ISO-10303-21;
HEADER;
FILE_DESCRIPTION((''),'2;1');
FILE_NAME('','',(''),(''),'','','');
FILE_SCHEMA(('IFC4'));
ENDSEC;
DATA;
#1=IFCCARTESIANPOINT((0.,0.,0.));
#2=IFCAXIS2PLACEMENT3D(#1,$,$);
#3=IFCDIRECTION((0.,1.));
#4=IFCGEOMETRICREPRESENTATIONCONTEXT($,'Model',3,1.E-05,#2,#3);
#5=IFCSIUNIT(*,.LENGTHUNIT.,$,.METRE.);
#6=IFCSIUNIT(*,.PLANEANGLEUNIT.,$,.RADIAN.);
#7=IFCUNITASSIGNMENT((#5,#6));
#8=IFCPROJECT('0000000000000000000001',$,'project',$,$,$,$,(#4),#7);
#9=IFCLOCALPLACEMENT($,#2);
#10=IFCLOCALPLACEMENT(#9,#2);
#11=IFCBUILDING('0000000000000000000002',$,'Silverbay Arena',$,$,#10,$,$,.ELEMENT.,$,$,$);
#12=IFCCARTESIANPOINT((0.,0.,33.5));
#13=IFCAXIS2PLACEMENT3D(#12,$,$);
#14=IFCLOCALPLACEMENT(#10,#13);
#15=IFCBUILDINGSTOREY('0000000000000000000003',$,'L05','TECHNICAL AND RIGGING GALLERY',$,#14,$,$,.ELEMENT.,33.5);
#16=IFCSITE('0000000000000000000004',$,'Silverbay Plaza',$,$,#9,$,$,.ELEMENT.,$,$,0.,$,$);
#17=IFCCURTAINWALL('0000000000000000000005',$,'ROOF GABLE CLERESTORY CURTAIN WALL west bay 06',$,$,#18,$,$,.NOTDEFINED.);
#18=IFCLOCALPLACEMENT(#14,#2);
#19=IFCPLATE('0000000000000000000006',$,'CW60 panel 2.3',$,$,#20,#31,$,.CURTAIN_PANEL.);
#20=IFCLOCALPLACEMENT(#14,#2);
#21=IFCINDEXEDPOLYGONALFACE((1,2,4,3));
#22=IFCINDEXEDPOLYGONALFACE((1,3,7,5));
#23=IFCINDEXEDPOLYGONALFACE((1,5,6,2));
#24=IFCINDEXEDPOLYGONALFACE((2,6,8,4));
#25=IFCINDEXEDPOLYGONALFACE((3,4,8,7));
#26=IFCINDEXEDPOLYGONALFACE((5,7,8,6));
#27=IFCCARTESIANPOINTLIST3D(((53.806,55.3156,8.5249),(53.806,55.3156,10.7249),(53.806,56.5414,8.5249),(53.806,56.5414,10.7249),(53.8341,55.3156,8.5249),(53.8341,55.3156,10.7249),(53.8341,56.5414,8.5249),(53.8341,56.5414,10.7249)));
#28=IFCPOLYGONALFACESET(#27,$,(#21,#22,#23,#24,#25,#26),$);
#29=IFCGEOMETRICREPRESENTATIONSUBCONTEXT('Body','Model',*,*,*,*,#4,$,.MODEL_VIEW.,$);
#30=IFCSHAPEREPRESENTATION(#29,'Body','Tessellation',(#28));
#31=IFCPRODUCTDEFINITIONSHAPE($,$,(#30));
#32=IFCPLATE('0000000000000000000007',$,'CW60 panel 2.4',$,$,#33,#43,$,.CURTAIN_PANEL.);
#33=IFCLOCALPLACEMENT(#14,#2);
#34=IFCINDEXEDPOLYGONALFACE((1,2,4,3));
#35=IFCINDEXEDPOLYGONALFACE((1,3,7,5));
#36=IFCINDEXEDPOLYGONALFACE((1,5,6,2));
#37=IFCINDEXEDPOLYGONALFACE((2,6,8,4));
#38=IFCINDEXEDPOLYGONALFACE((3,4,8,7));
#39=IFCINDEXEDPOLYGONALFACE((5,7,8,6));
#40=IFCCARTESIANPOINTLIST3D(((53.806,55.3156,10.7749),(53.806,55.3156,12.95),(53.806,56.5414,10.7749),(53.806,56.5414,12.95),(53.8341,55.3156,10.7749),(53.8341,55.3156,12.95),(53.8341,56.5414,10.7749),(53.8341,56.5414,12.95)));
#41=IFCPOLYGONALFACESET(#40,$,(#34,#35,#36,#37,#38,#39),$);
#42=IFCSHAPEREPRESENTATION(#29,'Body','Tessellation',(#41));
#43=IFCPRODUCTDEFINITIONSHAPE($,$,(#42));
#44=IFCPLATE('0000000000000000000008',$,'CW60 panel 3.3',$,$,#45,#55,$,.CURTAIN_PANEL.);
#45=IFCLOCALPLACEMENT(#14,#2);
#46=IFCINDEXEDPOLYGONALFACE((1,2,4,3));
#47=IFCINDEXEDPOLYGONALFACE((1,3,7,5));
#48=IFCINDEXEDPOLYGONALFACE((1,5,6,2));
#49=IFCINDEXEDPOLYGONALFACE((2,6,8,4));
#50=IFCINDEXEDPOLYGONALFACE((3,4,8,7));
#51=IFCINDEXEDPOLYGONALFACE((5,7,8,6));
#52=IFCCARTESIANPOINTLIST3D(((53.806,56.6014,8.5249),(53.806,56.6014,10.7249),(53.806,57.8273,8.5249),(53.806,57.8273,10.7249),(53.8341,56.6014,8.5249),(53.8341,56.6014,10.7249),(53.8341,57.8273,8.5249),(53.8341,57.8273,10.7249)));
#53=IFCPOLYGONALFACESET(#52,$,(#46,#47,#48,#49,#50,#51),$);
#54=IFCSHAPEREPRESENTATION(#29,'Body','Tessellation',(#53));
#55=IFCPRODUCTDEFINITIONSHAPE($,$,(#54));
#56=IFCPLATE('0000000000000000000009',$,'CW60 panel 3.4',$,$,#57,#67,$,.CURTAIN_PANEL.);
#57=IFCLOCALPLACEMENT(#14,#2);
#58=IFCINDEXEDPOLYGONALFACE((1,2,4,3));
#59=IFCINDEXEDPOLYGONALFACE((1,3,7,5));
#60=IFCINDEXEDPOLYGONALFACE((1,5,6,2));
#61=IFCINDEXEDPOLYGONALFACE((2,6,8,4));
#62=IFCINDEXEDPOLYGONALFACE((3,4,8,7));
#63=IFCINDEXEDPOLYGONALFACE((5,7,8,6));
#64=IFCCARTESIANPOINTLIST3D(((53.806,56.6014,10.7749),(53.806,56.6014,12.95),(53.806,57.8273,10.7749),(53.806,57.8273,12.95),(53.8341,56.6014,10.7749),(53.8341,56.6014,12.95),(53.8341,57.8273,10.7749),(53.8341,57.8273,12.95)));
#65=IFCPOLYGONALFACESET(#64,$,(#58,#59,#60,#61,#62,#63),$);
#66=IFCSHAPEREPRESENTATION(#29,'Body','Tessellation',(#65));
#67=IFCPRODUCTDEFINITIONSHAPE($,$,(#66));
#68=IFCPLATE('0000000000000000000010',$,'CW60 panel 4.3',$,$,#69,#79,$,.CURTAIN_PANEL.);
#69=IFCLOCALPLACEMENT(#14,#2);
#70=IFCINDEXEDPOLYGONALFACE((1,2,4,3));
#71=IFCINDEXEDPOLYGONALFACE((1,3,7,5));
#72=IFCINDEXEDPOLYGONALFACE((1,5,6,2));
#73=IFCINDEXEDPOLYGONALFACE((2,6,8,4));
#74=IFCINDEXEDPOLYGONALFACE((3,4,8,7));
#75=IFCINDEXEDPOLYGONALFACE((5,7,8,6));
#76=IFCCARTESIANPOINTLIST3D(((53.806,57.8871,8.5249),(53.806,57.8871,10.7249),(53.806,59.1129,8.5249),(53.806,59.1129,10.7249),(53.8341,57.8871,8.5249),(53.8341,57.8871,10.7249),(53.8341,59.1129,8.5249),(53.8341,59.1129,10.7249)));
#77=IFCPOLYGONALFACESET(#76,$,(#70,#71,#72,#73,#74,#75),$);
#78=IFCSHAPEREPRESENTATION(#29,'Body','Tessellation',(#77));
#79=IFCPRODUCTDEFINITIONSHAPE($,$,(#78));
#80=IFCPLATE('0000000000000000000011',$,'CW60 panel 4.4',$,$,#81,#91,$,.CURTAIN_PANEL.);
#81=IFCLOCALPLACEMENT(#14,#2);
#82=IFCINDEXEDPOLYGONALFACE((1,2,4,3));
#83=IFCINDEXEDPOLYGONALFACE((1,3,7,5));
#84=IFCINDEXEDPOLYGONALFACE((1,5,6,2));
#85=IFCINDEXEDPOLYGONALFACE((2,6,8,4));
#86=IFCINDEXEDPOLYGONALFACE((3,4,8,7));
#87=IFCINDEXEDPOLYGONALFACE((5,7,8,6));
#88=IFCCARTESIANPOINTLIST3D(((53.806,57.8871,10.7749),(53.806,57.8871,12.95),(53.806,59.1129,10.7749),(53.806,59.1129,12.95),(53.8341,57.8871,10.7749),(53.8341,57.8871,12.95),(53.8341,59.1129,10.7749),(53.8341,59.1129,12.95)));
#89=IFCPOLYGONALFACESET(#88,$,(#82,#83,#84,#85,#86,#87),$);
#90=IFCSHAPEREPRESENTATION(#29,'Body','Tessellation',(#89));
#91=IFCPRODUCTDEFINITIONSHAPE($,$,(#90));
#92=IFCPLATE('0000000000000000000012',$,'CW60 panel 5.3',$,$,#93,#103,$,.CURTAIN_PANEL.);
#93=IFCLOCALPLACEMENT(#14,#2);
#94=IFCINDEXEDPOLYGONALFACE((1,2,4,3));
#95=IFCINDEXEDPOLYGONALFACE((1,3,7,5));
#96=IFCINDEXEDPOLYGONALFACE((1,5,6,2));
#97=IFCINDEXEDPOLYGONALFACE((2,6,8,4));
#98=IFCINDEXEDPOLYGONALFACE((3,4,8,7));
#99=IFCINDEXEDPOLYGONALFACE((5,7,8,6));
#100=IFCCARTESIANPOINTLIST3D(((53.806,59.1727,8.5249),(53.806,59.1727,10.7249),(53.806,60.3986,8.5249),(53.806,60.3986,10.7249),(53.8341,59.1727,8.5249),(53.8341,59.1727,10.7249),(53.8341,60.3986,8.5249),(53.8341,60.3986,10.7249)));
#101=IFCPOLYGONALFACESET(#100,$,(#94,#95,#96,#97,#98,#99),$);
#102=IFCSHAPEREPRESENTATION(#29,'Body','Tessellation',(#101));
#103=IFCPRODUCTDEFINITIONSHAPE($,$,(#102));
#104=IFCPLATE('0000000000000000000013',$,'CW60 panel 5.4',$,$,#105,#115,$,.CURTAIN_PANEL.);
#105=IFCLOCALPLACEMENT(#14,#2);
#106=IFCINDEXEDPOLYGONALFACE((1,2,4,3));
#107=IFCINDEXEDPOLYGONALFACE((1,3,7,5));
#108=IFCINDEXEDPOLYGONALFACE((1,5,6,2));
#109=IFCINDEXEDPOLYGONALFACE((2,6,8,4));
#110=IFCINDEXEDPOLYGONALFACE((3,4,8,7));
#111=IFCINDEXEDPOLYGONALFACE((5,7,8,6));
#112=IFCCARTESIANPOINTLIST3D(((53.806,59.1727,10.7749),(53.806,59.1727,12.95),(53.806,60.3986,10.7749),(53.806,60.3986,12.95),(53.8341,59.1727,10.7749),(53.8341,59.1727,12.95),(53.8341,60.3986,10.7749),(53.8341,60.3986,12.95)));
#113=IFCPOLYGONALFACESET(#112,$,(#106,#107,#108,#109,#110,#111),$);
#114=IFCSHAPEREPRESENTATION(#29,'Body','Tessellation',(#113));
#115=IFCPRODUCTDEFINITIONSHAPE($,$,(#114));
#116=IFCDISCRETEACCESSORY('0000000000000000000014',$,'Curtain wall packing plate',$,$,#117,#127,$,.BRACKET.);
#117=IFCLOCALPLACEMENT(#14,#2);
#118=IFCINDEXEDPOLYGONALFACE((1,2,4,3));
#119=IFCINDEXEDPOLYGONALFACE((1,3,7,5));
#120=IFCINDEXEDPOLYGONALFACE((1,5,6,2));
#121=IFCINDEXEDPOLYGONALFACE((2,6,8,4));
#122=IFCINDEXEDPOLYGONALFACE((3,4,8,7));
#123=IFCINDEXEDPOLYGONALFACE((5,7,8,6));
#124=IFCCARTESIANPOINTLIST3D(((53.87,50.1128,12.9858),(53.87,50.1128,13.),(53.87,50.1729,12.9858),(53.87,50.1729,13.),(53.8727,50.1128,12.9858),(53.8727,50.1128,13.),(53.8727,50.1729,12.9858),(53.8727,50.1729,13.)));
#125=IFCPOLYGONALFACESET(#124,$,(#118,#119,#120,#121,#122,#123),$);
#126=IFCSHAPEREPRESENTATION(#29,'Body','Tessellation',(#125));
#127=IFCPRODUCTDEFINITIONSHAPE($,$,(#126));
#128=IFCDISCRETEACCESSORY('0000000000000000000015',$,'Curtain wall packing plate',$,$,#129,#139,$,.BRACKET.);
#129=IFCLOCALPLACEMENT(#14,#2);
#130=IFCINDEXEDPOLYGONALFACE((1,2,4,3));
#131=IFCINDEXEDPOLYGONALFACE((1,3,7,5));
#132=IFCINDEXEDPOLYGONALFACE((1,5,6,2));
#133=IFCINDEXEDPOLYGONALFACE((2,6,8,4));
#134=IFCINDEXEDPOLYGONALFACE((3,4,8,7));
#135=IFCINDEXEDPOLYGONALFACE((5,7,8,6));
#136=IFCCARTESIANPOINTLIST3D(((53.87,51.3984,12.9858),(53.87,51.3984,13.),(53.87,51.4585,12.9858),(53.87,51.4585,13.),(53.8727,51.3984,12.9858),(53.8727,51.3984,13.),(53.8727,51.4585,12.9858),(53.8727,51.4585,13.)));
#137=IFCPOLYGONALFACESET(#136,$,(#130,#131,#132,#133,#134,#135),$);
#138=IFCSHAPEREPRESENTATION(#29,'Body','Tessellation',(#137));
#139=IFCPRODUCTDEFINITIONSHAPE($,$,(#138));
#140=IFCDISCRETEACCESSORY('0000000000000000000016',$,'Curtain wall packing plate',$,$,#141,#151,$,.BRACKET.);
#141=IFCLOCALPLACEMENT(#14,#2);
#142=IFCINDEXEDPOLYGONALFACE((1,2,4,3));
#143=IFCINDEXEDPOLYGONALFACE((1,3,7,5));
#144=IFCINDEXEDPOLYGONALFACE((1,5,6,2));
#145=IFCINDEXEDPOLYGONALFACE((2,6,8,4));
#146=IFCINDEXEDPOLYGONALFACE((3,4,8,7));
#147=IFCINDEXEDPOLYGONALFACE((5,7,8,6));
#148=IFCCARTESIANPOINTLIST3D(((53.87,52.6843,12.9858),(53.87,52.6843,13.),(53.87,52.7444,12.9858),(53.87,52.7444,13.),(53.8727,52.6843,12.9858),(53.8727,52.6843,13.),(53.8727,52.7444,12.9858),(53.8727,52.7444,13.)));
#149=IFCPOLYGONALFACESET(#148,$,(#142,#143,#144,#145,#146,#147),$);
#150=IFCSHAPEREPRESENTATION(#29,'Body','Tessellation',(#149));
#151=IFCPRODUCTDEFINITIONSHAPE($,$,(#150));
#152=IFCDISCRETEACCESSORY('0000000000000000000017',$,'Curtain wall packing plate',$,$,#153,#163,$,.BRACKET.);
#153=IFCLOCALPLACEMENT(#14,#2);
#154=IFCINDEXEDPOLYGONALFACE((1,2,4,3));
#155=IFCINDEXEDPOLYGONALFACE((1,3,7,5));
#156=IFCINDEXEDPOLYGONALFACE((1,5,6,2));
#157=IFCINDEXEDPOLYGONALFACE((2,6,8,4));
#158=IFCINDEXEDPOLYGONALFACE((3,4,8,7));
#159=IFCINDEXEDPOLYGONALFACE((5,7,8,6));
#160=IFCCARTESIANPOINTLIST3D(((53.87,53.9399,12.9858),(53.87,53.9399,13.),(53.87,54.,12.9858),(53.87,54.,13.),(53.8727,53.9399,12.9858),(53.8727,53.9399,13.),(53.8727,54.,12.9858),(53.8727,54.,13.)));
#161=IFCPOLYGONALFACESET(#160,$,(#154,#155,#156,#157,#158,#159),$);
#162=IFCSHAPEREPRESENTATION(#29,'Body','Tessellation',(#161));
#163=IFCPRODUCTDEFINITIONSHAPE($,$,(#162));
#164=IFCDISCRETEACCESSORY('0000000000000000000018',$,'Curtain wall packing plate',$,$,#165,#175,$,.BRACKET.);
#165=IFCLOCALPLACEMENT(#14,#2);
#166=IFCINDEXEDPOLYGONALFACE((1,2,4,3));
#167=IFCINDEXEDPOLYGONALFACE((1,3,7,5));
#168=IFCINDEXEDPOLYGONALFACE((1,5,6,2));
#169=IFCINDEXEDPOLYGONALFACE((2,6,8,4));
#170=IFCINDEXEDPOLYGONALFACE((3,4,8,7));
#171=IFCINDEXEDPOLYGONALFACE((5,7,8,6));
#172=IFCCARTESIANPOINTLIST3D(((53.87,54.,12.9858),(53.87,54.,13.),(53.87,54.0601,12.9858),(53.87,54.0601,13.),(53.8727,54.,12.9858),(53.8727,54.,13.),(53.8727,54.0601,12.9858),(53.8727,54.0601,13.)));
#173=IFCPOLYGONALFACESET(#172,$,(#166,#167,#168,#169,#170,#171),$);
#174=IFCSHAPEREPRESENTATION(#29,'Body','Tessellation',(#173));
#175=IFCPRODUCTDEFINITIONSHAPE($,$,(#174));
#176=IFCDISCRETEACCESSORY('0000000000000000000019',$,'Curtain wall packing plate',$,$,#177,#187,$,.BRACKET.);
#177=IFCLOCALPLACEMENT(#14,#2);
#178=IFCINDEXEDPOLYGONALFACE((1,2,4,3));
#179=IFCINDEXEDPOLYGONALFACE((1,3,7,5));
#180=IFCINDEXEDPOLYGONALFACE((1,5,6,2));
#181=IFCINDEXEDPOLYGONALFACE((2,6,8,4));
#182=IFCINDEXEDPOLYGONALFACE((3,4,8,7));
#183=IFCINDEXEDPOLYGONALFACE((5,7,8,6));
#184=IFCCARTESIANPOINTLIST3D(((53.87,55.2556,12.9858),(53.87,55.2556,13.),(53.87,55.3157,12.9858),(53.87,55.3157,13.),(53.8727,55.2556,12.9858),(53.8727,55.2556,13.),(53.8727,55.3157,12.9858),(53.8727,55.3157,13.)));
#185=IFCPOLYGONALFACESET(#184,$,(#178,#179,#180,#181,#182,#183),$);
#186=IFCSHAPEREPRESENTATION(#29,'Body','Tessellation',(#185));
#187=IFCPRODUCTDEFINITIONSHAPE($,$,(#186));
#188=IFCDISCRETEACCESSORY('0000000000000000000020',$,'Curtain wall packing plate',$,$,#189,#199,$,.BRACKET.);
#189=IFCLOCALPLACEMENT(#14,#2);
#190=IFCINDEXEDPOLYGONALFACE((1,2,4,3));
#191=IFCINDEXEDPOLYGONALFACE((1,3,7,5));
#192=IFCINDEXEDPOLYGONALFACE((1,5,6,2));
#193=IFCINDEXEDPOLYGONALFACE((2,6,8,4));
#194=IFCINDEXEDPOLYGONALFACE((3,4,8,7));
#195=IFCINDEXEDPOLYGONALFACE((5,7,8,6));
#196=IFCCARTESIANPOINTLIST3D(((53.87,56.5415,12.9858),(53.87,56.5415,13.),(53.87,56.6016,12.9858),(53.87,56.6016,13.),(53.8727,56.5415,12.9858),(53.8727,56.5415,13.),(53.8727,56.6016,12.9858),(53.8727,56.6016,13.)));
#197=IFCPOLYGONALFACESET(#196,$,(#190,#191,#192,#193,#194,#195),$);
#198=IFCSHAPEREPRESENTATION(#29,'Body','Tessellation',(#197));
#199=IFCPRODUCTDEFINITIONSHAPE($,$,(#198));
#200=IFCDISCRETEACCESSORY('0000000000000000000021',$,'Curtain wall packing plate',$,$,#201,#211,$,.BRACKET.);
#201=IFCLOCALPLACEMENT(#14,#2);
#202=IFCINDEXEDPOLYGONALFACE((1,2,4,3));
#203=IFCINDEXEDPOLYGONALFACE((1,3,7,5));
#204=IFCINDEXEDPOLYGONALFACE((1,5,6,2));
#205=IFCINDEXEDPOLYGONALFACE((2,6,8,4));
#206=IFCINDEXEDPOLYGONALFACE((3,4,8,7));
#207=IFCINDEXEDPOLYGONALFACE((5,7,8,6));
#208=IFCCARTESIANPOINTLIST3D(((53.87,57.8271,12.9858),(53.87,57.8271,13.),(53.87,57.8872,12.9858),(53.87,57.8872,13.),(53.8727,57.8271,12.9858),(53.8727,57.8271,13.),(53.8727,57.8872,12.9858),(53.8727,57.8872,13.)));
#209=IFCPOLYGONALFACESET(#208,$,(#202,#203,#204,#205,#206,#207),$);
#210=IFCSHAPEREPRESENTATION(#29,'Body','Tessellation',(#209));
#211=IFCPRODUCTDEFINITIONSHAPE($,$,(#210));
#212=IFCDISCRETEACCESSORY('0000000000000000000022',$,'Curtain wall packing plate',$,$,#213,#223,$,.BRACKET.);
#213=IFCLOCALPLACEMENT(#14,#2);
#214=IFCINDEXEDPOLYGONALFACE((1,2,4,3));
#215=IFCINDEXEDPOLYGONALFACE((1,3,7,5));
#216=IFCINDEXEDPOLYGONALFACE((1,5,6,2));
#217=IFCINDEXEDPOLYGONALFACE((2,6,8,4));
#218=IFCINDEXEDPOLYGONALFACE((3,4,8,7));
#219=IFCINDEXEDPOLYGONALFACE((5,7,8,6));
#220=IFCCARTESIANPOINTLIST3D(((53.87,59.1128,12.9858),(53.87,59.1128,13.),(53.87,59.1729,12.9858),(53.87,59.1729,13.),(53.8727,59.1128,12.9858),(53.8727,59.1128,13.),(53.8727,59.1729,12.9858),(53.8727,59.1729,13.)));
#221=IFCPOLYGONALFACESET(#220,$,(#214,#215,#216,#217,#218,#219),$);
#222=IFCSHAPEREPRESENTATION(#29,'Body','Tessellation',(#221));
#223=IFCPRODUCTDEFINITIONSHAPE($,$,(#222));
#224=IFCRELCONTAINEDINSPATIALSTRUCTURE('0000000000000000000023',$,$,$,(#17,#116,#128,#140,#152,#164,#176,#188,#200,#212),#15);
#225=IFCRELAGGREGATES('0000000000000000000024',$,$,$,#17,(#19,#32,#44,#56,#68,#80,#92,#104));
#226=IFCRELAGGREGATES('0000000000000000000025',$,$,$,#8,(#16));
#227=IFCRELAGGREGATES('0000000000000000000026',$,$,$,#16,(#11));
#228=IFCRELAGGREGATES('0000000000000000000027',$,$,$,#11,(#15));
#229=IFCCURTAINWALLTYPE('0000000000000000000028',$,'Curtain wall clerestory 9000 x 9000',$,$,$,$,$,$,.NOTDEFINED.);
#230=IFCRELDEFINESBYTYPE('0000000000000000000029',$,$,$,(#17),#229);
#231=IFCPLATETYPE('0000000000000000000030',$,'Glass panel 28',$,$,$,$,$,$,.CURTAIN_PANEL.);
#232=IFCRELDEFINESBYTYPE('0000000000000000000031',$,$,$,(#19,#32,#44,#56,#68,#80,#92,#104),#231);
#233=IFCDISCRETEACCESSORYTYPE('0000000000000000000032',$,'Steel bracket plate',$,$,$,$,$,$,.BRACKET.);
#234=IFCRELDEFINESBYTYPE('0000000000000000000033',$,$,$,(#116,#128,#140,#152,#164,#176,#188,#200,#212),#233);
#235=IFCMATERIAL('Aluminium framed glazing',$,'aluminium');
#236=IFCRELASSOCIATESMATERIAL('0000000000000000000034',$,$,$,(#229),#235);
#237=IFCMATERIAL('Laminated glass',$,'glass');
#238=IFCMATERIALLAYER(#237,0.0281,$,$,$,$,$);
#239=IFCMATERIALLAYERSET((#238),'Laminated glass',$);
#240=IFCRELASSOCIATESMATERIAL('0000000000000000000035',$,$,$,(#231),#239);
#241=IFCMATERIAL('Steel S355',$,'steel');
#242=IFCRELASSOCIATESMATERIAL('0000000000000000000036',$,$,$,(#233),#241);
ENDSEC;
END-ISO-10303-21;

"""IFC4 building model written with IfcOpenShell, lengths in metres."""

from ifc_helpers import new_model, si_unit, direction, frame, origin, origin_2d, place, context, subcontext, project, spatial, rectangle, extrude, material, layer, layer_set, type_object, element, aggregate, save


model = new_model("IFC4")

# Units and contexts
model_context = context("Model", 3, precision=1e-05, world=origin(), true_north=direction((0.0, 1.0)))
body_context = subcontext(model_context, "Body", "Model", "MODEL_VIEW")
ifc_project = project(units=[si_unit("LENGTHUNIT", "METRE"), si_unit("PLANEANGLEUNIT", "RADIAN")], contexts=[model_context])

# Site, building, storey
site_placement = place(None, origin())
site = spatial("IfcSite", under=ifc_project, at=site_placement, Name="Silverbay Plaza", CompositionType="ELEMENT", RefElevation=0.0)
building_placement = place(site_placement, origin())
building = spatial("IfcBuilding", under=site, at=building_placement, Name="Silverbay Arena", CompositionType="ELEMENT")
storey_placement = place(building_placement, frame((0.0, 0.0, 33.5)))
storey = spatial("IfcBuildingStorey", under=building, at=storey_placement, Name="L05", Description="TECHNICAL AND RIGGING GALLERY", CompositionType="ELEMENT", Elevation=33.5)

# Curtain wall, plates
ifc_material_1 = material(Name="Aluminium framed glazing", Category="aluminium")
curtain_wall_type = type_object("IfcCurtainWallType", Name="Curtain wall clerestory 9000 x 9000", PredefinedType="NOTDEFINED", material=ifc_material_1)
ifc_material_2 = material(Name="Laminated glass", Category="glass")
ifc_layer = layer(ifc_material_2, 0.0281)
ifc_layer_set = layer_set([ifc_layer], Name="Laminated glass")
plate_type = type_object("IfcPlateType", Name="Glass panel 28", PredefinedType="CURTAIN_PANEL", material=ifc_layer_set)
curtain_wall_1_placement = place(storey_placement, origin())
curtain_wall_1 = element("IfcCurtainWall", 1, at=curtain_wall_1_placement, inside=storey, type_object=curtain_wall_type, Name="ROOF GABLE CLERESTORY CURTAIN WALL west bay 06", PredefinedType="NOTDEFINED")
plate_1_placement = place(storey_placement, frame((53.8201, 55.9285, 8.5249), z_axis=(0.0, 0.0, 1.0), x_axis=(0.0, 1.0, 0.0)))
plate_1 = element("IfcPlate", 2, at=plate_1_placement, type_object=plate_type, Name="CW60 panel 2.3", PredefinedType="CURTAIN_PANEL", context=body_context, shape_type="SweptSolid", body=[
    extrude(rectangle(XDim=1.2258, YDim=0.0281, at=origin_2d()), origin(), (0.0, 0.0, 1.0), 2.2),
])
plate_2_placement = place(storey_placement, frame((53.8201, 55.9285, 10.7749), z_axis=(0.0, 0.0, 1.0), x_axis=(0.0, 1.0, 0.0)))
plate_2 = element("IfcPlate", 3, at=plate_2_placement, type_object=plate_type, Name="CW60 panel 2.4", PredefinedType="CURTAIN_PANEL", context=body_context, shape_type="SweptSolid", body=[
    extrude(rectangle(XDim=1.2258, YDim=0.0281, at=origin_2d()), origin(), (0.0, 0.0, 1.0), 2.175),
])
plate_3_placement = place(storey_placement, frame((53.8201, 57.2144, 8.5249), z_axis=(0.0, 0.0, 1.0), x_axis=(0.0, 1.0, 0.0)))
plate_3 = element("IfcPlate", 4, at=plate_3_placement, type_object=plate_type, Name="CW60 panel 3.3", PredefinedType="CURTAIN_PANEL", context=body_context, shape_type="SweptSolid", body=[
    extrude(rectangle(XDim=1.2258, YDim=0.0281, at=origin_2d()), origin(), (0.0, 0.0, 1.0), 2.2),
])
plate_4_placement = place(storey_placement, frame((53.8201, 57.2144, 10.7749), z_axis=(0.0, 0.0, 1.0), x_axis=(0.0, 1.0, 0.0)))
plate_4 = element("IfcPlate", 5, at=plate_4_placement, type_object=plate_type, Name="CW60 panel 3.4", PredefinedType="CURTAIN_PANEL", context=body_context, shape_type="SweptSolid", body=[
    extrude(rectangle(XDim=1.2258, YDim=0.0281, at=origin_2d()), origin(), (0.0, 0.0, 1.0), 2.175),
])
plate_5_placement = place(storey_placement, frame((53.8201, 58.5, 8.5249), z_axis=(0.0, 0.0, 1.0), x_axis=(0.0, 1.0, 0.0)))
plate_5 = element("IfcPlate", 6, at=plate_5_placement, type_object=plate_type, Name="CW60 panel 4.3", PredefinedType="CURTAIN_PANEL", context=body_context, shape_type="SweptSolid", body=[
    extrude(rectangle(XDim=1.2258, YDim=0.0281, at=origin_2d()), origin(), (0.0, 0.0, 1.0), 2.2),
])
plate_6_placement = place(storey_placement, frame((53.8201, 58.5, 10.7749), z_axis=(0.0, 0.0, 1.0), x_axis=(0.0, 1.0, 0.0)))
plate_6 = element("IfcPlate", 7, at=plate_6_placement, type_object=plate_type, Name="CW60 panel 4.4", PredefinedType="CURTAIN_PANEL", context=body_context, shape_type="SweptSolid", body=[
    extrude(rectangle(XDim=1.2258, YDim=0.0281, at=origin_2d()), origin(), (0.0, 0.0, 1.0), 2.175),
])
plate_7_placement = place(storey_placement, frame((53.8201, 59.7856, 8.5249), z_axis=(0.0, 0.0, 1.0), x_axis=(0.0, 1.0, 0.0)))
plate_7 = element("IfcPlate", 8, at=plate_7_placement, type_object=plate_type, Name="CW60 panel 5.3", PredefinedType="CURTAIN_PANEL", context=body_context, shape_type="SweptSolid", body=[
    extrude(rectangle(XDim=1.2258, YDim=0.0281, at=origin_2d()), origin(), (0.0, 0.0, 1.0), 2.2),
])
plate_8_placement = place(storey_placement, frame((53.8201, 59.7856, 10.7749), z_axis=(0.0, 0.0, 1.0), x_axis=(0.0, 1.0, 0.0)))
plate_8 = element("IfcPlate", 9, at=plate_8_placement, type_object=plate_type, Name="CW60 panel 5.4", PredefinedType="CURTAIN_PANEL", context=body_context, shape_type="SweptSolid", body=[
    extrude(rectangle(XDim=1.2258, YDim=0.0281, at=origin_2d()), origin(), (0.0, 0.0, 1.0), 2.175),
])
aggregate(curtain_wall_1, [plate_1, plate_2, plate_3, plate_4, plate_5, plate_6, plate_7, plate_8])

# Discrete accessories
ifc_material_3 = material(Name="Steel S355", Category="steel")
discrete_accessory_type = type_object("IfcDiscreteAccessoryType", Name="Steel bracket plate", PredefinedType="BRACKET", material=ifc_material_3)
for number, where, z_axis, x_axis, name in (
    (10, (53.8713, 50.1428, 12.9858), (0.0, 0.0, 1.0), (1.0, 0.0, 0.0), "Curtain wall packing plate"),
    (11, (53.8713, 51.4285, 12.9858), (0.0, 0.0, 1.0), (1.0, 0.0, 0.0), "Curtain wall packing plate"),
    (12, (53.8713, 52.7144, 12.9858), (0.0, 0.0, 1.0), (1.0, 0.0, 0.0), "Curtain wall packing plate"),
    (13, (53.8713, 53.97, 12.9858), (0.0, 0.0, 1.0), (1.0, 0.0, 0.0), "Curtain wall packing plate"),
    (14, (53.8713, 54.03, 12.9858), (0.0, 0.0, 1.0), (1.0, 0.0, 0.0), "Curtain wall packing plate"),
    (15, (53.8713, 55.2856, 12.9858), (0.0, 0.0, 1.0), (1.0, 0.0, 0.0), "Curtain wall packing plate"),
    (16, (53.8713, 56.5715, 12.9858), (0.0, 0.0, 1.0), (1.0, 0.0, 0.0), "Curtain wall packing plate"),
    (17, (53.8713, 57.8572, 12.9858), (0.0, 0.0, 1.0), (1.0, 0.0, 0.0), "Curtain wall packing plate"),
    (18, (53.8713, 59.1428, 12.9858), (0.0, 0.0, 1.0), (1.0, 0.0, 0.0), "Curtain wall packing plate"),
):
    element("IfcDiscreteAccessory", number, at=place(storey_placement, frame(where, z_axis=z_axis, x_axis=x_axis)), inside=storey, type_object=discrete_accessory_type, Name=name, PredefinedType="BRACKET", context=body_context, shape_type="SweptSolid", body=[
        extrude(rectangle(XDim=0.0027, YDim=0.0601, at=origin_2d()), origin(), (0.0, 0.0, 1.0), 0.0142),
    ])

save(model, "model.ifc")
